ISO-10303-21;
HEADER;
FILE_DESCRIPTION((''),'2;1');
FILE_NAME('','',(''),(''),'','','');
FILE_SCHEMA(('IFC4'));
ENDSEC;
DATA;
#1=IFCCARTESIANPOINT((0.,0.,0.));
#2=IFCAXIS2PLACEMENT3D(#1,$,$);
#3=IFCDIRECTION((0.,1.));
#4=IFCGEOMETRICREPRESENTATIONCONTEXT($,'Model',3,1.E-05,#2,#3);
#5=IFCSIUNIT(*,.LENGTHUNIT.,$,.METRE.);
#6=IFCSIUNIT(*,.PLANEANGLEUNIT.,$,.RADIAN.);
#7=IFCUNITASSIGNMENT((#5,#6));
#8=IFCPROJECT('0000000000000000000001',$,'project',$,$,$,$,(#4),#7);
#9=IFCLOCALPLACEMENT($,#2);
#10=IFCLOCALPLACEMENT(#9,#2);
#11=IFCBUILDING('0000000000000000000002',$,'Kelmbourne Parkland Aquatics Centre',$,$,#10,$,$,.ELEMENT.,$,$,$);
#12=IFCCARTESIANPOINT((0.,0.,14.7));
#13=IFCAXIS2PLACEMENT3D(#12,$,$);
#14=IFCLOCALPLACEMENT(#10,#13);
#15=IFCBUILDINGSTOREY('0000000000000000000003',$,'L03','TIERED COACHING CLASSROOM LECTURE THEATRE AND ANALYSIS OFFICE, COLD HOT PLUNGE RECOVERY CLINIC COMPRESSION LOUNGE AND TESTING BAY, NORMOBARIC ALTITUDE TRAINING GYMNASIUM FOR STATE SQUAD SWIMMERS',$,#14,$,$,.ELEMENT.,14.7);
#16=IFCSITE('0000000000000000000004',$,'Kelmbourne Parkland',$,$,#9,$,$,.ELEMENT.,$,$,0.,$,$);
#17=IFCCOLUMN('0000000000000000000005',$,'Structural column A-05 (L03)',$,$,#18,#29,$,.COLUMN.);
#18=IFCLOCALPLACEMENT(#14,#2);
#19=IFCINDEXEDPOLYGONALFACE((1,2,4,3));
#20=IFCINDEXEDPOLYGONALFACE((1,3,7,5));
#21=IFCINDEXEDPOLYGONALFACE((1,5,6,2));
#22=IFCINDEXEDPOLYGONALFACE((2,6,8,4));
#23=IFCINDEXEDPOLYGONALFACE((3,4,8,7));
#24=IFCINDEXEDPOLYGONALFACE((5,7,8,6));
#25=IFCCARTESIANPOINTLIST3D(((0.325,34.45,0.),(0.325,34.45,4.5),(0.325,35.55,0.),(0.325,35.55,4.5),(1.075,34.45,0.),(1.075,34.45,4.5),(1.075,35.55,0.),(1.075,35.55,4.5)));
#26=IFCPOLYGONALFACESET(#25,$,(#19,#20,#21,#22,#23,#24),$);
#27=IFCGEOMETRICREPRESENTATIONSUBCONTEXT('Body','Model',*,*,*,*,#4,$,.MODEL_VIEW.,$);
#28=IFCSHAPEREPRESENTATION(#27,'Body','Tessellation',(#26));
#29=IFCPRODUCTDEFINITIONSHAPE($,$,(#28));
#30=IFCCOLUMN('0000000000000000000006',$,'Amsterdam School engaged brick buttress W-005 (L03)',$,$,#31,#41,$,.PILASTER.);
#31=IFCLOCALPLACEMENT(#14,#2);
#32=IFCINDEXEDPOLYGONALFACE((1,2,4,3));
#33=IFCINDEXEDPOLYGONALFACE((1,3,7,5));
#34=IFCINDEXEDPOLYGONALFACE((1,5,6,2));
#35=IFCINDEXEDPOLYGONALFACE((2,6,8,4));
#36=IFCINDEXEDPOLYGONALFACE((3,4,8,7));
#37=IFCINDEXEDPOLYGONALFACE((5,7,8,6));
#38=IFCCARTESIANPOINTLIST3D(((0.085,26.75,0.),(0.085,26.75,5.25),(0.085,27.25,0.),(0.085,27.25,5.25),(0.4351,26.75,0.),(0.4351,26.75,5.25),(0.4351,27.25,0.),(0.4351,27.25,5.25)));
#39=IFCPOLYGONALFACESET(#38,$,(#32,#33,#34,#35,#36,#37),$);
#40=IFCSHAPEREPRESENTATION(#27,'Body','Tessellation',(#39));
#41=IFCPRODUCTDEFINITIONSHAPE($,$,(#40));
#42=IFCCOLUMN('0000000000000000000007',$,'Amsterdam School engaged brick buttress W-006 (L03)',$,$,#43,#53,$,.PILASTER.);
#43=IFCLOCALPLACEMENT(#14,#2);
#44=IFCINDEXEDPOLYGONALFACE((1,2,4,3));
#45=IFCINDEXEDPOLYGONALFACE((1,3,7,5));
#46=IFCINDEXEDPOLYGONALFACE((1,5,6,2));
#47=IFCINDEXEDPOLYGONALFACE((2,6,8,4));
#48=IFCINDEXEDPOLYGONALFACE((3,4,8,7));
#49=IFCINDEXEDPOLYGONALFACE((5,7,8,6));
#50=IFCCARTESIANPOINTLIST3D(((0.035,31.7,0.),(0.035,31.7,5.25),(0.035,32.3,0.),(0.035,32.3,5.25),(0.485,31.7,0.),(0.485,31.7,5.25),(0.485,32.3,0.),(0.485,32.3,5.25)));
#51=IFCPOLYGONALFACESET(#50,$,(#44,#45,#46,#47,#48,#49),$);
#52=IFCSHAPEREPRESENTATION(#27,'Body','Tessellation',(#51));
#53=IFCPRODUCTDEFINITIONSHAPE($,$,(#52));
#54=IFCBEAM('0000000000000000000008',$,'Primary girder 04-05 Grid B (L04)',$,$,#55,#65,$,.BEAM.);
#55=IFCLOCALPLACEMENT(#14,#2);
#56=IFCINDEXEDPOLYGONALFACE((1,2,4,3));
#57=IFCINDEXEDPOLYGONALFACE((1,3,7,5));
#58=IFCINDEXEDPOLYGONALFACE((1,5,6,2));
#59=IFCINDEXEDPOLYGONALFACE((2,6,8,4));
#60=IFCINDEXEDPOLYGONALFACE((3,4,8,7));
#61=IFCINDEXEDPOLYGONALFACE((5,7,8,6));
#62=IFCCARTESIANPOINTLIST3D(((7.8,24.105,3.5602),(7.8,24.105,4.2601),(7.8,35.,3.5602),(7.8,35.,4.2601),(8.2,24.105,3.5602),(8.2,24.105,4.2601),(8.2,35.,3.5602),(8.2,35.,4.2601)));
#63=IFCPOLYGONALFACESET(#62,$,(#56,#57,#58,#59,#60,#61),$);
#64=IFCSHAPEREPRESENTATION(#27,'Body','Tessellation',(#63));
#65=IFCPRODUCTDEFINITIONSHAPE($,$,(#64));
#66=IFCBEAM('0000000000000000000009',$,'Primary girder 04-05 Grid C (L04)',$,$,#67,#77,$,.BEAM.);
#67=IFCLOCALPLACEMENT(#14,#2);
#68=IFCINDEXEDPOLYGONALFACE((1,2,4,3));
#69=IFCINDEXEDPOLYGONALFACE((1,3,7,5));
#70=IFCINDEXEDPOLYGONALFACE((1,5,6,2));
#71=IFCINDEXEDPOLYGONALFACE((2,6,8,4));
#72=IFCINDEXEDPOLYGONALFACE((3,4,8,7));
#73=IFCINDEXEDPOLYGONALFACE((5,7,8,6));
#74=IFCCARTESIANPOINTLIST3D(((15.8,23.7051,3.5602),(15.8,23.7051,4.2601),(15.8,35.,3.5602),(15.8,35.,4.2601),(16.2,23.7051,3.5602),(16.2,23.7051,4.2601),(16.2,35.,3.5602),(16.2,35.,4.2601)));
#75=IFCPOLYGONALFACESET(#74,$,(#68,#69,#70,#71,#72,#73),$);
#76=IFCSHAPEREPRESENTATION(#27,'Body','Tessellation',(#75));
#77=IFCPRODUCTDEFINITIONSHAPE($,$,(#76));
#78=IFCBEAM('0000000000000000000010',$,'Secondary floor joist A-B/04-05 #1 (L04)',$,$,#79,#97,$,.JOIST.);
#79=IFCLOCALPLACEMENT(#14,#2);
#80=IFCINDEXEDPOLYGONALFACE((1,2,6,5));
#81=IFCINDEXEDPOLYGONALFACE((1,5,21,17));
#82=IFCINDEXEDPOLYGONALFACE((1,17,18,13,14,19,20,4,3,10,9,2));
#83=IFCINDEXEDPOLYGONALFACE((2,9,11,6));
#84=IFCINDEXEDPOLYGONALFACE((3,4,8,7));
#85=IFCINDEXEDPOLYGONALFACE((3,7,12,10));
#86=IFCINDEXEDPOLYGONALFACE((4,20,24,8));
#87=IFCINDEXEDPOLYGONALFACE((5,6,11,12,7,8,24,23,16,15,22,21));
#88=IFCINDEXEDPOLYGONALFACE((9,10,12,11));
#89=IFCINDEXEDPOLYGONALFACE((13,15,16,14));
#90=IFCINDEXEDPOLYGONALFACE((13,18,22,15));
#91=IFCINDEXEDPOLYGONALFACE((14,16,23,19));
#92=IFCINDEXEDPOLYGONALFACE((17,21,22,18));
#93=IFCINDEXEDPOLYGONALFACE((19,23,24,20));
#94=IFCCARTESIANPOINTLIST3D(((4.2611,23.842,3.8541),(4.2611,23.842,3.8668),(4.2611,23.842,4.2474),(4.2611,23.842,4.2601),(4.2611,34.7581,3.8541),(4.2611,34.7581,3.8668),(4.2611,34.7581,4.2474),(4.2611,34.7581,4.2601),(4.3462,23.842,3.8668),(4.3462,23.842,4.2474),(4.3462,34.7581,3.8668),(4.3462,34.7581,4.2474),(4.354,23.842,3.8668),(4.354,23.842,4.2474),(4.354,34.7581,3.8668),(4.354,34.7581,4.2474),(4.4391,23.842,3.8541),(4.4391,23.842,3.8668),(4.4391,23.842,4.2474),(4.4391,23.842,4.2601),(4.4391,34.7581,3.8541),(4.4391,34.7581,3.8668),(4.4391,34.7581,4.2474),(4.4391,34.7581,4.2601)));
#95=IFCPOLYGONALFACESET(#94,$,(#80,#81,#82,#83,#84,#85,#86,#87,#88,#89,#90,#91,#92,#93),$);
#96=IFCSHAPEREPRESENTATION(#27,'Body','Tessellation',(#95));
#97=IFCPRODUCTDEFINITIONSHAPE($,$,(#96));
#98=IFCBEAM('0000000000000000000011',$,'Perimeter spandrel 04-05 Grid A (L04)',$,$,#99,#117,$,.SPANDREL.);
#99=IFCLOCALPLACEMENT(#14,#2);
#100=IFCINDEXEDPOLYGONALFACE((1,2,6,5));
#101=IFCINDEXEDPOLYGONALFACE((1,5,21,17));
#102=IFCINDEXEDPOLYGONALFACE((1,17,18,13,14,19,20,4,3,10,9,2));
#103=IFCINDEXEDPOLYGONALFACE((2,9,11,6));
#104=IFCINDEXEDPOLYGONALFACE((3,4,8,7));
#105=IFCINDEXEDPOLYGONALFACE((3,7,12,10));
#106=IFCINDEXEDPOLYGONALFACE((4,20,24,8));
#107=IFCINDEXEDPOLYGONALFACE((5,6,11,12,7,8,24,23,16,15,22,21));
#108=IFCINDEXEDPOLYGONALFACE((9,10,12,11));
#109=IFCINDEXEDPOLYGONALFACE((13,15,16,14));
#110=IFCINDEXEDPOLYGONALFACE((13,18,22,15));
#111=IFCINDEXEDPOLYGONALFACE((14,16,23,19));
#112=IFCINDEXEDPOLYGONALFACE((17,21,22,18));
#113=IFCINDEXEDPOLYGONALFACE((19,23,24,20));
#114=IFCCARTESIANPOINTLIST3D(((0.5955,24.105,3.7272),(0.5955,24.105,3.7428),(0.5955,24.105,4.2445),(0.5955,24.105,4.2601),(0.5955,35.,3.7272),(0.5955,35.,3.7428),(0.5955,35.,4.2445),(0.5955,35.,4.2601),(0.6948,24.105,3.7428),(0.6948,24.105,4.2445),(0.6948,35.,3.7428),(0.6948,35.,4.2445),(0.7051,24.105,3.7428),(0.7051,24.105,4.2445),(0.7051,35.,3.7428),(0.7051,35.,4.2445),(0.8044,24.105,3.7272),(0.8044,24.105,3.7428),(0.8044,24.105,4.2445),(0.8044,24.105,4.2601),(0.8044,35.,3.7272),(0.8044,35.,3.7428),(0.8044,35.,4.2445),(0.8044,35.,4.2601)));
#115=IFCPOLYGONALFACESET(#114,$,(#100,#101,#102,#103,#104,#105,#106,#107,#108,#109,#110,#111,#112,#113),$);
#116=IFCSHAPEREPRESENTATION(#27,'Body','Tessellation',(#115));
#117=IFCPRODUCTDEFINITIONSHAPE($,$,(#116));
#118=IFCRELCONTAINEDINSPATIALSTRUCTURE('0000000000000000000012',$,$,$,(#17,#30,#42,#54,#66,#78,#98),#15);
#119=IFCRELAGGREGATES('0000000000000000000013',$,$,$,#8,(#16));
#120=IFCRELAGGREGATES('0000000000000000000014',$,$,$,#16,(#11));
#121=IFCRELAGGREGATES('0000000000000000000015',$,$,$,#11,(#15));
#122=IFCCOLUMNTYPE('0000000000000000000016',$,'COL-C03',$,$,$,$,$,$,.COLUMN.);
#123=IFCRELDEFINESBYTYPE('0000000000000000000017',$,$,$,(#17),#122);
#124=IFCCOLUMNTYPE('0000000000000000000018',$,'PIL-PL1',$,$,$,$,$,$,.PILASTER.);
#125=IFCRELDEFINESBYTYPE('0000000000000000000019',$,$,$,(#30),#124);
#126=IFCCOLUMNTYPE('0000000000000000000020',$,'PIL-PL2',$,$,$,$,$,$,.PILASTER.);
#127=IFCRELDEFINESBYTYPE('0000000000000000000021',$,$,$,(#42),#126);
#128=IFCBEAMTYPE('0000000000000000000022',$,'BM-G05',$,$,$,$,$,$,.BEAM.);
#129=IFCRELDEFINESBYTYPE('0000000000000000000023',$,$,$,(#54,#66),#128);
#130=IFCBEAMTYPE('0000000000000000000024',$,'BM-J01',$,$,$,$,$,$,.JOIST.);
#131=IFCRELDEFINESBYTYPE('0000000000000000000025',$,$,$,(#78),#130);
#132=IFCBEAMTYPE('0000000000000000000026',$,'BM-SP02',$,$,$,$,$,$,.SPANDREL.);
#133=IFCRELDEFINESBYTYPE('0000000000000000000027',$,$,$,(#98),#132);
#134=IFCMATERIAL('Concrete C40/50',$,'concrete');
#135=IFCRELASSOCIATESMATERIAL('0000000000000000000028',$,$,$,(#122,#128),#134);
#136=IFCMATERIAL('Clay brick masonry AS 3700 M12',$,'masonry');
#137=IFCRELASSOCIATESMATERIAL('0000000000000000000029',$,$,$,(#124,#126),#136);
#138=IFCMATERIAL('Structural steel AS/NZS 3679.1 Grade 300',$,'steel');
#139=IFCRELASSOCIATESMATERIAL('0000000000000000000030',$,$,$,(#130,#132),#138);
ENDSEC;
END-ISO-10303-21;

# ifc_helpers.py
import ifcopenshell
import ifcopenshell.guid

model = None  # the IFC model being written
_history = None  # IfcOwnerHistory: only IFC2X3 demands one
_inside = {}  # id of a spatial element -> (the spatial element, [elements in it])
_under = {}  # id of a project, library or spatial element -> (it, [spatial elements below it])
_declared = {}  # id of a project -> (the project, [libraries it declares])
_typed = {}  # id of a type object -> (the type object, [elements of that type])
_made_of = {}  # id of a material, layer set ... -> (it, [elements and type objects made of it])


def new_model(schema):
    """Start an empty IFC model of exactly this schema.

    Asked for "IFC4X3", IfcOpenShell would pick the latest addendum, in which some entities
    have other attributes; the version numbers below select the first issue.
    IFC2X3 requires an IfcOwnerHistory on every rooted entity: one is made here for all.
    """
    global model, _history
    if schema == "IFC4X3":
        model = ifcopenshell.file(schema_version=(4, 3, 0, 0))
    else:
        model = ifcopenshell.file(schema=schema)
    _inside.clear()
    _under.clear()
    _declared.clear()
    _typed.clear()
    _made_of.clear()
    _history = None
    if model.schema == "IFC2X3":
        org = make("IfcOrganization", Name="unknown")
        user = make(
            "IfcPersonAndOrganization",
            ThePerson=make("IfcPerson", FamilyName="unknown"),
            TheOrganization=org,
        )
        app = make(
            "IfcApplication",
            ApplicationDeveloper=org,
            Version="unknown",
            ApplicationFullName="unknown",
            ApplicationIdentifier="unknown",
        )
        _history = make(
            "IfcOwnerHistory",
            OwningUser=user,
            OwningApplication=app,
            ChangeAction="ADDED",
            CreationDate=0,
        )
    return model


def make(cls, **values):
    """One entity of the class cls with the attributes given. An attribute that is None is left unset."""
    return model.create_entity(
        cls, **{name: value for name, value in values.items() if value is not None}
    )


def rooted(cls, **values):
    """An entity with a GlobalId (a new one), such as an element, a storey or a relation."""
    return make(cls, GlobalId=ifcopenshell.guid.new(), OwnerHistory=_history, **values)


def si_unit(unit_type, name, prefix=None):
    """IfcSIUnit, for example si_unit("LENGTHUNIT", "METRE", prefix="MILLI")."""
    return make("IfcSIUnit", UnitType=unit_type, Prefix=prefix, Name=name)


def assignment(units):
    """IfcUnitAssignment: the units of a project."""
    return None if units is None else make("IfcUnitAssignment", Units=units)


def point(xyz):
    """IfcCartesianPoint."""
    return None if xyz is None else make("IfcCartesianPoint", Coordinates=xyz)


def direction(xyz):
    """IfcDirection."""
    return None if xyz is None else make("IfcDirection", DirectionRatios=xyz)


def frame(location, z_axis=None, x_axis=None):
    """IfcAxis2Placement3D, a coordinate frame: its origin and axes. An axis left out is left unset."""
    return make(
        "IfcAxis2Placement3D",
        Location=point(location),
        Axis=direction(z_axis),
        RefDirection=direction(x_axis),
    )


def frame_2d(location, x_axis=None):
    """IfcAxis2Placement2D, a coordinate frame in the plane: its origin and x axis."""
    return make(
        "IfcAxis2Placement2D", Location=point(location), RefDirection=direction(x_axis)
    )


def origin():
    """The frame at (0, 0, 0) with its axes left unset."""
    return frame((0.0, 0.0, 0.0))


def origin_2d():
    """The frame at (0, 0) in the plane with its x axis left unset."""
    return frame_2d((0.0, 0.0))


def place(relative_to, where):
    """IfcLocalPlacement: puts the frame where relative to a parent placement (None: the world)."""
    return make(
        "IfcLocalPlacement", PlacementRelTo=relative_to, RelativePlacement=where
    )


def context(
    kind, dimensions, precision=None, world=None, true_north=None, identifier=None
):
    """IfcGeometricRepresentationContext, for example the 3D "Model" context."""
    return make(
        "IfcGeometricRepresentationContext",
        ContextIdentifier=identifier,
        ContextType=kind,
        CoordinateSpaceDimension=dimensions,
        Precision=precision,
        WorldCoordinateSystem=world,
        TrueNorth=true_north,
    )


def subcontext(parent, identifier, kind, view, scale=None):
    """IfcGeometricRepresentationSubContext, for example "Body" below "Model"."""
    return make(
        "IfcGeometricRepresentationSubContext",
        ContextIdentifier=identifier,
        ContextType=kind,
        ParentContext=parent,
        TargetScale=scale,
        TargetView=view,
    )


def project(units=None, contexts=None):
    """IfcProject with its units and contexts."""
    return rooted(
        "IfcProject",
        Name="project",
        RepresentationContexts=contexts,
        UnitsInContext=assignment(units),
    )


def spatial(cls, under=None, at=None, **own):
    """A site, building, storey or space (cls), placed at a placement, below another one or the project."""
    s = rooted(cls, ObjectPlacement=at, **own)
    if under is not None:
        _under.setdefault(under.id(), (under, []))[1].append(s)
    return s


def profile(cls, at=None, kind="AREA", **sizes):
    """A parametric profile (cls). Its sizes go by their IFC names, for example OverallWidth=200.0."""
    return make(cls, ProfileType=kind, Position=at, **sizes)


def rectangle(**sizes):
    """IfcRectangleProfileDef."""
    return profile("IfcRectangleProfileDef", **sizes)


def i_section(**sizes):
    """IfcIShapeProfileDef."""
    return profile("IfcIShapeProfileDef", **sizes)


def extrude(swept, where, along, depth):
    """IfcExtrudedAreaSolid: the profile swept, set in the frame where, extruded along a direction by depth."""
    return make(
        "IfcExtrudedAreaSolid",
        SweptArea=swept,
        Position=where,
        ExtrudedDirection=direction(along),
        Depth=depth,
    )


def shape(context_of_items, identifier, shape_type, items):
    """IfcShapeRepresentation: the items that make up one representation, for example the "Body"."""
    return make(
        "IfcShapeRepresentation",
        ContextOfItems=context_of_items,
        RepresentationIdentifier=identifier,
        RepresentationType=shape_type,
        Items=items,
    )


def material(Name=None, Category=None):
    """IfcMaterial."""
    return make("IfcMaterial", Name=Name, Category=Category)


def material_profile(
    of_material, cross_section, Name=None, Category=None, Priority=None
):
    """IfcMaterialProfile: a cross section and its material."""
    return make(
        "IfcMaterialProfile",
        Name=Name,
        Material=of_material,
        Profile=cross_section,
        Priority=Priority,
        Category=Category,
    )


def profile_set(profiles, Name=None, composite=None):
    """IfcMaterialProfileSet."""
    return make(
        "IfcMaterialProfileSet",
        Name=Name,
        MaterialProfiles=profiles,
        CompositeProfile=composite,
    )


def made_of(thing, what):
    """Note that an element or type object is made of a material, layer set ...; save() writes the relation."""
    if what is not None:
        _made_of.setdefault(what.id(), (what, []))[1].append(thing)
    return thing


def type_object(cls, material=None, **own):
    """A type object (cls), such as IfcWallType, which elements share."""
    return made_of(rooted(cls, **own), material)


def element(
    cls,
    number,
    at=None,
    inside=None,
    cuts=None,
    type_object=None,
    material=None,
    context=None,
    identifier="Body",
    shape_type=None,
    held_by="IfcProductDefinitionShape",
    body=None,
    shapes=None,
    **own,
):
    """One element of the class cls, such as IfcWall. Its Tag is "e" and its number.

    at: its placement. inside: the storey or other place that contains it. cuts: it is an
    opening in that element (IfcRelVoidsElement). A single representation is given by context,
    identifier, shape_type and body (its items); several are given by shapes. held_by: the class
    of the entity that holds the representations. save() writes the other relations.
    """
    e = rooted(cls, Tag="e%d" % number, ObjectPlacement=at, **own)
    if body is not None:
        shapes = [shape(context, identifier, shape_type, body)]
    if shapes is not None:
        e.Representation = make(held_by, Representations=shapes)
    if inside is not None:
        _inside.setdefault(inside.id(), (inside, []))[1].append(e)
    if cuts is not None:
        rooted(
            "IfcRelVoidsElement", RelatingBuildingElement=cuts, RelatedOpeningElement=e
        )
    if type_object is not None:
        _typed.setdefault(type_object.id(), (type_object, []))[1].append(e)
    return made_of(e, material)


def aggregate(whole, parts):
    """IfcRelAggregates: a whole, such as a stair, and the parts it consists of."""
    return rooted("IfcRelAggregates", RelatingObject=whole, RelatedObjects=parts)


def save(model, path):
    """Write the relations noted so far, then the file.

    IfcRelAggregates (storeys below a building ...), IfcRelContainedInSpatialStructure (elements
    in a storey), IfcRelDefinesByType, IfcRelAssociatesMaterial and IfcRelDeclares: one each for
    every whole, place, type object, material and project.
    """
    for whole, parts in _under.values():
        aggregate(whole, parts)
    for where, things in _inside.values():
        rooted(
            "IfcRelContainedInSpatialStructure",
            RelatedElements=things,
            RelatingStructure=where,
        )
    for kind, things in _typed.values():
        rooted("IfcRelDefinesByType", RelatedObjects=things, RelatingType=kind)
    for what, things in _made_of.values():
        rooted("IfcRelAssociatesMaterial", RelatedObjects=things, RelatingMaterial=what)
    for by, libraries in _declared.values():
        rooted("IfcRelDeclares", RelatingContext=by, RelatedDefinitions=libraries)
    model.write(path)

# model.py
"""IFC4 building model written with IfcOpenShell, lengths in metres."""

from ifc_helpers import new_model, si_unit, direction, frame, origin, origin_2d, place, context, subcontext, project, spatial, rectangle, i_section, extrude, material, material_profile, profile_set, type_object, element, save


model = new_model("IFC4")

# Units and contexts
model_context = context("Model", 3, precision=1e-05, world=origin(), true_north=direction((0.0, 1.0)))
body_context = subcontext(model_context, "Body", "Model", "MODEL_VIEW")
ifc_project = project(units=[si_unit("LENGTHUNIT", "METRE"), si_unit("PLANEANGLEUNIT", "RADIAN")], contexts=[model_context])

# Site, building, storey
site_placement = place(None, origin())
site = spatial("IfcSite", under=ifc_project, at=site_placement, Name="Kelmbourne Parkland", CompositionType="ELEMENT", RefElevation=0.0)
building_placement = place(site_placement, origin())
building = spatial("IfcBuilding", under=site, at=building_placement, Name="Kelmbourne Parkland Aquatics Centre", CompositionType="ELEMENT")
storey_placement = place(building_placement, frame((0.0, 0.0, 14.7)))
storey = spatial("IfcBuildingStorey", under=building, at=storey_placement, Name="L03", Description="TIERED COACHING CLASSROOM LECTURE THEATRE AND ANALYSIS OFFICE, COLD HOT PLUNGE RECOVERY CLINIC COMPRESSION LOUNGE AND TESTING BAY, NORMOBARIC ALTITUDE TRAINING GYMNASIUM FOR STATE SQUAD SWIMMERS", CompositionType="ELEMENT", Elevation=14.7)

# Columns
ifc_material_1 = material(Name="Concrete C40/50", Category="concrete")
ifc_material_profile_1 = material_profile(ifc_material_1, rectangle(XDim=0.75, YDim=1.1001, at=origin_2d()), Name="RC 750x1100")
ifc_profile_set_1 = profile_set([ifc_material_profile_1], Name="Concrete C40/50")
column_type_1 = type_object("IfcColumnType", Name="COL-C03", PredefinedType="COLUMN", material=ifc_profile_set_1)
column_1_placement = place(storey_placement, frame((0.7, 35.0, 0.0), z_axis=(0.0, 0.0, 1.0), x_axis=(1.0, 0.0, 0.0)))
element("IfcColumn", 1, at=column_1_placement, inside=storey, type_object=column_type_1, Name="Structural column A-05 (L03)", PredefinedType="COLUMN", context=body_context, shape_type="SweptSolid", body=[
    extrude(rectangle(XDim=0.75, YDim=1.1001, at=origin_2d()), origin(), (0.0, 0.0, 1.0), 4.5),
])
ifc_material_2 = material(Name="Clay brick masonry AS 3700 M12", Category="masonry")
ifc_material_profile_2 = material_profile(ifc_material_2, rectangle(XDim=0.3501, YDim=0.5, at=origin_2d()), Name="PIL 350x500")
ifc_profile_set_2 = profile_set([ifc_material_profile_2], Name="Clay brick masonry AS 3700 M12")
column_type_2 = type_object("IfcColumnType", Name="PIL-PL1", PredefinedType="PILASTER", material=ifc_profile_set_2)
column_2_placement = place(storey_placement, frame((0.26, 27.0, 0.0), z_axis=(0.0, 0.0, 1.0), x_axis=(1.0, 0.0, 0.0)))
element("IfcColumn", 2, at=column_2_placement, inside=storey, type_object=column_type_2, Name="Amsterdam School engaged brick buttress W-005 (L03)", PredefinedType="PILASTER", context=body_context, shape_type="SweptSolid", body=[
    extrude(rectangle(XDim=0.3501, YDim=0.5, at=origin_2d()), origin(), (0.0, 0.0, 1.0), 5.25),
])
ifc_material_profile_3 = material_profile(ifc_material_2, rectangle(XDim=0.45, YDim=0.6001, at=origin_2d()), Name="PIL 450x600")
ifc_profile_set_3 = profile_set([ifc_material_profile_3], Name="Clay brick masonry AS 3700 M12")
column_type_3 = type_object("IfcColumnType", Name="PIL-PL2", PredefinedType="PILASTER", material=ifc_profile_set_3)
column_3_placement = place(storey_placement, frame((0.26, 32.0, 0.0), z_axis=(0.0, 0.0, 1.0), x_axis=(1.0, 0.0, 0.0)))
element("IfcColumn", 3, at=column_3_placement, inside=storey, type_object=column_type_3, Name="Amsterdam School engaged brick buttress W-006 (L03)", PredefinedType="PILASTER", context=body_context, shape_type="SweptSolid", body=[
    extrude(rectangle(XDim=0.45, YDim=0.6001, at=origin_2d()), origin(), (0.0, 0.0, 1.0), 5.25),
])

# Beams
ifc_material_profile_4 = material_profile(ifc_material_1, rectangle(XDim=0.3999, YDim=0.7, at=origin_2d()), Name="RC 400x700")
ifc_profile_set_4 = profile_set([ifc_material_profile_4], Name="Concrete C40/50")
beam_type_1 = type_object("IfcBeamType", Name="BM-G05", PredefinedType="BEAM", material=ifc_profile_set_4)
beam_1_placement = place(storey_placement, frame((8.0, 24.105, 3.9102), z_axis=(0.0, 1.0, 0.0), x_axis=(-1.0, 0.0, 0.0)))
element("IfcBeam", 4, at=beam_1_placement, inside=storey, type_object=beam_type_1, Name="Primary girder 04-05 Grid B (L04)", PredefinedType="BEAM", context=body_context, shape_type="SweptSolid", body=[
    extrude(rectangle(XDim=0.3999, YDim=0.7, at=origin_2d()), origin(), (0.0, 0.0, 1.0), 10.895),
])
beam_2_placement = place(storey_placement, frame((16.0, 23.7051, 3.9102), z_axis=(0.0, 1.0, 0.0), x_axis=(-1.0, 0.0, 0.0)))
element("IfcBeam", 5, at=beam_2_placement, inside=storey, type_object=beam_type_1, Name="Primary girder 04-05 Grid C (L04)", PredefinedType="BEAM", context=body_context, shape_type="SweptSolid", body=[
    extrude(rectangle(XDim=0.3999, YDim=0.7, at=origin_2d()), origin(), (0.0, 0.0, 1.0), 11.2949),
])
ifc_material_3 = material(Name="Structural steel AS/NZS 3679.1 Grade 300", Category="steel")
ifc_material_profile_5 = material_profile(ifc_material_3, i_section(OverallWidth=0.178, OverallDepth=0.406, WebThickness=0.0078, FlangeThickness=0.0127, at=origin_2d()), Name="410UB59.7")
ifc_profile_set_5 = profile_set([ifc_material_profile_5], Name="Structural steel AS/NZS 3679.1 Grade 300")
beam_type_2 = type_object("IfcBeamType", Name="BM-J01", PredefinedType="JOIST", material=ifc_profile_set_5)
beam_3_placement = place(storey_placement, frame((4.3501, 23.842, 4.0571), z_axis=(0.0, 1.0, 0.0), x_axis=(-1.0, 0.0, 0.0)))
element("IfcBeam", 6, at=beam_3_placement, inside=storey, type_object=beam_type_2, Name="Secondary floor joist A-B/04-05 #1 (L04)", PredefinedType="JOIST", context=body_context, shape_type="SweptSolid", body=[
    extrude(i_section(OverallWidth=0.178, OverallDepth=0.406, WebThickness=0.0078, FlangeThickness=0.0127, at=origin_2d()), origin(), (0.0, 0.0, 1.0), 10.916),
])
ifc_material_profile_6 = material_profile(ifc_material_3, i_section(OverallWidth=0.209, OverallDepth=0.533, WebThickness=0.0103, FlangeThickness=0.0156, at=origin_2d()), Name="530UB92.4")
ifc_profile_set_6 = profile_set([ifc_material_profile_6], Name="Structural steel AS/NZS 3679.1 Grade 300")
beam_type_3 = type_object("IfcBeamType", Name="BM-SP02", PredefinedType="SPANDREL", material=ifc_profile_set_6)
beam_4_placement = place(storey_placement, frame((0.7, 24.105, 3.9937), z_axis=(0.0, 1.0, 0.0), x_axis=(-1.0, 0.0, 0.0)))
element("IfcBeam", 7, at=beam_4_placement, inside=storey, type_object=beam_type_3, Name="Perimeter spandrel 04-05 Grid A (L04)", PredefinedType="SPANDREL", context=body_context, shape_type="SweptSolid", body=[
    extrude(i_section(OverallWidth=0.209, OverallDepth=0.533, WebThickness=0.0103, FlangeThickness=0.0156, at=origin_2d()), origin(), (0.0, 0.0, 1.0), 10.895),
])

save(model, "model.ifc")
